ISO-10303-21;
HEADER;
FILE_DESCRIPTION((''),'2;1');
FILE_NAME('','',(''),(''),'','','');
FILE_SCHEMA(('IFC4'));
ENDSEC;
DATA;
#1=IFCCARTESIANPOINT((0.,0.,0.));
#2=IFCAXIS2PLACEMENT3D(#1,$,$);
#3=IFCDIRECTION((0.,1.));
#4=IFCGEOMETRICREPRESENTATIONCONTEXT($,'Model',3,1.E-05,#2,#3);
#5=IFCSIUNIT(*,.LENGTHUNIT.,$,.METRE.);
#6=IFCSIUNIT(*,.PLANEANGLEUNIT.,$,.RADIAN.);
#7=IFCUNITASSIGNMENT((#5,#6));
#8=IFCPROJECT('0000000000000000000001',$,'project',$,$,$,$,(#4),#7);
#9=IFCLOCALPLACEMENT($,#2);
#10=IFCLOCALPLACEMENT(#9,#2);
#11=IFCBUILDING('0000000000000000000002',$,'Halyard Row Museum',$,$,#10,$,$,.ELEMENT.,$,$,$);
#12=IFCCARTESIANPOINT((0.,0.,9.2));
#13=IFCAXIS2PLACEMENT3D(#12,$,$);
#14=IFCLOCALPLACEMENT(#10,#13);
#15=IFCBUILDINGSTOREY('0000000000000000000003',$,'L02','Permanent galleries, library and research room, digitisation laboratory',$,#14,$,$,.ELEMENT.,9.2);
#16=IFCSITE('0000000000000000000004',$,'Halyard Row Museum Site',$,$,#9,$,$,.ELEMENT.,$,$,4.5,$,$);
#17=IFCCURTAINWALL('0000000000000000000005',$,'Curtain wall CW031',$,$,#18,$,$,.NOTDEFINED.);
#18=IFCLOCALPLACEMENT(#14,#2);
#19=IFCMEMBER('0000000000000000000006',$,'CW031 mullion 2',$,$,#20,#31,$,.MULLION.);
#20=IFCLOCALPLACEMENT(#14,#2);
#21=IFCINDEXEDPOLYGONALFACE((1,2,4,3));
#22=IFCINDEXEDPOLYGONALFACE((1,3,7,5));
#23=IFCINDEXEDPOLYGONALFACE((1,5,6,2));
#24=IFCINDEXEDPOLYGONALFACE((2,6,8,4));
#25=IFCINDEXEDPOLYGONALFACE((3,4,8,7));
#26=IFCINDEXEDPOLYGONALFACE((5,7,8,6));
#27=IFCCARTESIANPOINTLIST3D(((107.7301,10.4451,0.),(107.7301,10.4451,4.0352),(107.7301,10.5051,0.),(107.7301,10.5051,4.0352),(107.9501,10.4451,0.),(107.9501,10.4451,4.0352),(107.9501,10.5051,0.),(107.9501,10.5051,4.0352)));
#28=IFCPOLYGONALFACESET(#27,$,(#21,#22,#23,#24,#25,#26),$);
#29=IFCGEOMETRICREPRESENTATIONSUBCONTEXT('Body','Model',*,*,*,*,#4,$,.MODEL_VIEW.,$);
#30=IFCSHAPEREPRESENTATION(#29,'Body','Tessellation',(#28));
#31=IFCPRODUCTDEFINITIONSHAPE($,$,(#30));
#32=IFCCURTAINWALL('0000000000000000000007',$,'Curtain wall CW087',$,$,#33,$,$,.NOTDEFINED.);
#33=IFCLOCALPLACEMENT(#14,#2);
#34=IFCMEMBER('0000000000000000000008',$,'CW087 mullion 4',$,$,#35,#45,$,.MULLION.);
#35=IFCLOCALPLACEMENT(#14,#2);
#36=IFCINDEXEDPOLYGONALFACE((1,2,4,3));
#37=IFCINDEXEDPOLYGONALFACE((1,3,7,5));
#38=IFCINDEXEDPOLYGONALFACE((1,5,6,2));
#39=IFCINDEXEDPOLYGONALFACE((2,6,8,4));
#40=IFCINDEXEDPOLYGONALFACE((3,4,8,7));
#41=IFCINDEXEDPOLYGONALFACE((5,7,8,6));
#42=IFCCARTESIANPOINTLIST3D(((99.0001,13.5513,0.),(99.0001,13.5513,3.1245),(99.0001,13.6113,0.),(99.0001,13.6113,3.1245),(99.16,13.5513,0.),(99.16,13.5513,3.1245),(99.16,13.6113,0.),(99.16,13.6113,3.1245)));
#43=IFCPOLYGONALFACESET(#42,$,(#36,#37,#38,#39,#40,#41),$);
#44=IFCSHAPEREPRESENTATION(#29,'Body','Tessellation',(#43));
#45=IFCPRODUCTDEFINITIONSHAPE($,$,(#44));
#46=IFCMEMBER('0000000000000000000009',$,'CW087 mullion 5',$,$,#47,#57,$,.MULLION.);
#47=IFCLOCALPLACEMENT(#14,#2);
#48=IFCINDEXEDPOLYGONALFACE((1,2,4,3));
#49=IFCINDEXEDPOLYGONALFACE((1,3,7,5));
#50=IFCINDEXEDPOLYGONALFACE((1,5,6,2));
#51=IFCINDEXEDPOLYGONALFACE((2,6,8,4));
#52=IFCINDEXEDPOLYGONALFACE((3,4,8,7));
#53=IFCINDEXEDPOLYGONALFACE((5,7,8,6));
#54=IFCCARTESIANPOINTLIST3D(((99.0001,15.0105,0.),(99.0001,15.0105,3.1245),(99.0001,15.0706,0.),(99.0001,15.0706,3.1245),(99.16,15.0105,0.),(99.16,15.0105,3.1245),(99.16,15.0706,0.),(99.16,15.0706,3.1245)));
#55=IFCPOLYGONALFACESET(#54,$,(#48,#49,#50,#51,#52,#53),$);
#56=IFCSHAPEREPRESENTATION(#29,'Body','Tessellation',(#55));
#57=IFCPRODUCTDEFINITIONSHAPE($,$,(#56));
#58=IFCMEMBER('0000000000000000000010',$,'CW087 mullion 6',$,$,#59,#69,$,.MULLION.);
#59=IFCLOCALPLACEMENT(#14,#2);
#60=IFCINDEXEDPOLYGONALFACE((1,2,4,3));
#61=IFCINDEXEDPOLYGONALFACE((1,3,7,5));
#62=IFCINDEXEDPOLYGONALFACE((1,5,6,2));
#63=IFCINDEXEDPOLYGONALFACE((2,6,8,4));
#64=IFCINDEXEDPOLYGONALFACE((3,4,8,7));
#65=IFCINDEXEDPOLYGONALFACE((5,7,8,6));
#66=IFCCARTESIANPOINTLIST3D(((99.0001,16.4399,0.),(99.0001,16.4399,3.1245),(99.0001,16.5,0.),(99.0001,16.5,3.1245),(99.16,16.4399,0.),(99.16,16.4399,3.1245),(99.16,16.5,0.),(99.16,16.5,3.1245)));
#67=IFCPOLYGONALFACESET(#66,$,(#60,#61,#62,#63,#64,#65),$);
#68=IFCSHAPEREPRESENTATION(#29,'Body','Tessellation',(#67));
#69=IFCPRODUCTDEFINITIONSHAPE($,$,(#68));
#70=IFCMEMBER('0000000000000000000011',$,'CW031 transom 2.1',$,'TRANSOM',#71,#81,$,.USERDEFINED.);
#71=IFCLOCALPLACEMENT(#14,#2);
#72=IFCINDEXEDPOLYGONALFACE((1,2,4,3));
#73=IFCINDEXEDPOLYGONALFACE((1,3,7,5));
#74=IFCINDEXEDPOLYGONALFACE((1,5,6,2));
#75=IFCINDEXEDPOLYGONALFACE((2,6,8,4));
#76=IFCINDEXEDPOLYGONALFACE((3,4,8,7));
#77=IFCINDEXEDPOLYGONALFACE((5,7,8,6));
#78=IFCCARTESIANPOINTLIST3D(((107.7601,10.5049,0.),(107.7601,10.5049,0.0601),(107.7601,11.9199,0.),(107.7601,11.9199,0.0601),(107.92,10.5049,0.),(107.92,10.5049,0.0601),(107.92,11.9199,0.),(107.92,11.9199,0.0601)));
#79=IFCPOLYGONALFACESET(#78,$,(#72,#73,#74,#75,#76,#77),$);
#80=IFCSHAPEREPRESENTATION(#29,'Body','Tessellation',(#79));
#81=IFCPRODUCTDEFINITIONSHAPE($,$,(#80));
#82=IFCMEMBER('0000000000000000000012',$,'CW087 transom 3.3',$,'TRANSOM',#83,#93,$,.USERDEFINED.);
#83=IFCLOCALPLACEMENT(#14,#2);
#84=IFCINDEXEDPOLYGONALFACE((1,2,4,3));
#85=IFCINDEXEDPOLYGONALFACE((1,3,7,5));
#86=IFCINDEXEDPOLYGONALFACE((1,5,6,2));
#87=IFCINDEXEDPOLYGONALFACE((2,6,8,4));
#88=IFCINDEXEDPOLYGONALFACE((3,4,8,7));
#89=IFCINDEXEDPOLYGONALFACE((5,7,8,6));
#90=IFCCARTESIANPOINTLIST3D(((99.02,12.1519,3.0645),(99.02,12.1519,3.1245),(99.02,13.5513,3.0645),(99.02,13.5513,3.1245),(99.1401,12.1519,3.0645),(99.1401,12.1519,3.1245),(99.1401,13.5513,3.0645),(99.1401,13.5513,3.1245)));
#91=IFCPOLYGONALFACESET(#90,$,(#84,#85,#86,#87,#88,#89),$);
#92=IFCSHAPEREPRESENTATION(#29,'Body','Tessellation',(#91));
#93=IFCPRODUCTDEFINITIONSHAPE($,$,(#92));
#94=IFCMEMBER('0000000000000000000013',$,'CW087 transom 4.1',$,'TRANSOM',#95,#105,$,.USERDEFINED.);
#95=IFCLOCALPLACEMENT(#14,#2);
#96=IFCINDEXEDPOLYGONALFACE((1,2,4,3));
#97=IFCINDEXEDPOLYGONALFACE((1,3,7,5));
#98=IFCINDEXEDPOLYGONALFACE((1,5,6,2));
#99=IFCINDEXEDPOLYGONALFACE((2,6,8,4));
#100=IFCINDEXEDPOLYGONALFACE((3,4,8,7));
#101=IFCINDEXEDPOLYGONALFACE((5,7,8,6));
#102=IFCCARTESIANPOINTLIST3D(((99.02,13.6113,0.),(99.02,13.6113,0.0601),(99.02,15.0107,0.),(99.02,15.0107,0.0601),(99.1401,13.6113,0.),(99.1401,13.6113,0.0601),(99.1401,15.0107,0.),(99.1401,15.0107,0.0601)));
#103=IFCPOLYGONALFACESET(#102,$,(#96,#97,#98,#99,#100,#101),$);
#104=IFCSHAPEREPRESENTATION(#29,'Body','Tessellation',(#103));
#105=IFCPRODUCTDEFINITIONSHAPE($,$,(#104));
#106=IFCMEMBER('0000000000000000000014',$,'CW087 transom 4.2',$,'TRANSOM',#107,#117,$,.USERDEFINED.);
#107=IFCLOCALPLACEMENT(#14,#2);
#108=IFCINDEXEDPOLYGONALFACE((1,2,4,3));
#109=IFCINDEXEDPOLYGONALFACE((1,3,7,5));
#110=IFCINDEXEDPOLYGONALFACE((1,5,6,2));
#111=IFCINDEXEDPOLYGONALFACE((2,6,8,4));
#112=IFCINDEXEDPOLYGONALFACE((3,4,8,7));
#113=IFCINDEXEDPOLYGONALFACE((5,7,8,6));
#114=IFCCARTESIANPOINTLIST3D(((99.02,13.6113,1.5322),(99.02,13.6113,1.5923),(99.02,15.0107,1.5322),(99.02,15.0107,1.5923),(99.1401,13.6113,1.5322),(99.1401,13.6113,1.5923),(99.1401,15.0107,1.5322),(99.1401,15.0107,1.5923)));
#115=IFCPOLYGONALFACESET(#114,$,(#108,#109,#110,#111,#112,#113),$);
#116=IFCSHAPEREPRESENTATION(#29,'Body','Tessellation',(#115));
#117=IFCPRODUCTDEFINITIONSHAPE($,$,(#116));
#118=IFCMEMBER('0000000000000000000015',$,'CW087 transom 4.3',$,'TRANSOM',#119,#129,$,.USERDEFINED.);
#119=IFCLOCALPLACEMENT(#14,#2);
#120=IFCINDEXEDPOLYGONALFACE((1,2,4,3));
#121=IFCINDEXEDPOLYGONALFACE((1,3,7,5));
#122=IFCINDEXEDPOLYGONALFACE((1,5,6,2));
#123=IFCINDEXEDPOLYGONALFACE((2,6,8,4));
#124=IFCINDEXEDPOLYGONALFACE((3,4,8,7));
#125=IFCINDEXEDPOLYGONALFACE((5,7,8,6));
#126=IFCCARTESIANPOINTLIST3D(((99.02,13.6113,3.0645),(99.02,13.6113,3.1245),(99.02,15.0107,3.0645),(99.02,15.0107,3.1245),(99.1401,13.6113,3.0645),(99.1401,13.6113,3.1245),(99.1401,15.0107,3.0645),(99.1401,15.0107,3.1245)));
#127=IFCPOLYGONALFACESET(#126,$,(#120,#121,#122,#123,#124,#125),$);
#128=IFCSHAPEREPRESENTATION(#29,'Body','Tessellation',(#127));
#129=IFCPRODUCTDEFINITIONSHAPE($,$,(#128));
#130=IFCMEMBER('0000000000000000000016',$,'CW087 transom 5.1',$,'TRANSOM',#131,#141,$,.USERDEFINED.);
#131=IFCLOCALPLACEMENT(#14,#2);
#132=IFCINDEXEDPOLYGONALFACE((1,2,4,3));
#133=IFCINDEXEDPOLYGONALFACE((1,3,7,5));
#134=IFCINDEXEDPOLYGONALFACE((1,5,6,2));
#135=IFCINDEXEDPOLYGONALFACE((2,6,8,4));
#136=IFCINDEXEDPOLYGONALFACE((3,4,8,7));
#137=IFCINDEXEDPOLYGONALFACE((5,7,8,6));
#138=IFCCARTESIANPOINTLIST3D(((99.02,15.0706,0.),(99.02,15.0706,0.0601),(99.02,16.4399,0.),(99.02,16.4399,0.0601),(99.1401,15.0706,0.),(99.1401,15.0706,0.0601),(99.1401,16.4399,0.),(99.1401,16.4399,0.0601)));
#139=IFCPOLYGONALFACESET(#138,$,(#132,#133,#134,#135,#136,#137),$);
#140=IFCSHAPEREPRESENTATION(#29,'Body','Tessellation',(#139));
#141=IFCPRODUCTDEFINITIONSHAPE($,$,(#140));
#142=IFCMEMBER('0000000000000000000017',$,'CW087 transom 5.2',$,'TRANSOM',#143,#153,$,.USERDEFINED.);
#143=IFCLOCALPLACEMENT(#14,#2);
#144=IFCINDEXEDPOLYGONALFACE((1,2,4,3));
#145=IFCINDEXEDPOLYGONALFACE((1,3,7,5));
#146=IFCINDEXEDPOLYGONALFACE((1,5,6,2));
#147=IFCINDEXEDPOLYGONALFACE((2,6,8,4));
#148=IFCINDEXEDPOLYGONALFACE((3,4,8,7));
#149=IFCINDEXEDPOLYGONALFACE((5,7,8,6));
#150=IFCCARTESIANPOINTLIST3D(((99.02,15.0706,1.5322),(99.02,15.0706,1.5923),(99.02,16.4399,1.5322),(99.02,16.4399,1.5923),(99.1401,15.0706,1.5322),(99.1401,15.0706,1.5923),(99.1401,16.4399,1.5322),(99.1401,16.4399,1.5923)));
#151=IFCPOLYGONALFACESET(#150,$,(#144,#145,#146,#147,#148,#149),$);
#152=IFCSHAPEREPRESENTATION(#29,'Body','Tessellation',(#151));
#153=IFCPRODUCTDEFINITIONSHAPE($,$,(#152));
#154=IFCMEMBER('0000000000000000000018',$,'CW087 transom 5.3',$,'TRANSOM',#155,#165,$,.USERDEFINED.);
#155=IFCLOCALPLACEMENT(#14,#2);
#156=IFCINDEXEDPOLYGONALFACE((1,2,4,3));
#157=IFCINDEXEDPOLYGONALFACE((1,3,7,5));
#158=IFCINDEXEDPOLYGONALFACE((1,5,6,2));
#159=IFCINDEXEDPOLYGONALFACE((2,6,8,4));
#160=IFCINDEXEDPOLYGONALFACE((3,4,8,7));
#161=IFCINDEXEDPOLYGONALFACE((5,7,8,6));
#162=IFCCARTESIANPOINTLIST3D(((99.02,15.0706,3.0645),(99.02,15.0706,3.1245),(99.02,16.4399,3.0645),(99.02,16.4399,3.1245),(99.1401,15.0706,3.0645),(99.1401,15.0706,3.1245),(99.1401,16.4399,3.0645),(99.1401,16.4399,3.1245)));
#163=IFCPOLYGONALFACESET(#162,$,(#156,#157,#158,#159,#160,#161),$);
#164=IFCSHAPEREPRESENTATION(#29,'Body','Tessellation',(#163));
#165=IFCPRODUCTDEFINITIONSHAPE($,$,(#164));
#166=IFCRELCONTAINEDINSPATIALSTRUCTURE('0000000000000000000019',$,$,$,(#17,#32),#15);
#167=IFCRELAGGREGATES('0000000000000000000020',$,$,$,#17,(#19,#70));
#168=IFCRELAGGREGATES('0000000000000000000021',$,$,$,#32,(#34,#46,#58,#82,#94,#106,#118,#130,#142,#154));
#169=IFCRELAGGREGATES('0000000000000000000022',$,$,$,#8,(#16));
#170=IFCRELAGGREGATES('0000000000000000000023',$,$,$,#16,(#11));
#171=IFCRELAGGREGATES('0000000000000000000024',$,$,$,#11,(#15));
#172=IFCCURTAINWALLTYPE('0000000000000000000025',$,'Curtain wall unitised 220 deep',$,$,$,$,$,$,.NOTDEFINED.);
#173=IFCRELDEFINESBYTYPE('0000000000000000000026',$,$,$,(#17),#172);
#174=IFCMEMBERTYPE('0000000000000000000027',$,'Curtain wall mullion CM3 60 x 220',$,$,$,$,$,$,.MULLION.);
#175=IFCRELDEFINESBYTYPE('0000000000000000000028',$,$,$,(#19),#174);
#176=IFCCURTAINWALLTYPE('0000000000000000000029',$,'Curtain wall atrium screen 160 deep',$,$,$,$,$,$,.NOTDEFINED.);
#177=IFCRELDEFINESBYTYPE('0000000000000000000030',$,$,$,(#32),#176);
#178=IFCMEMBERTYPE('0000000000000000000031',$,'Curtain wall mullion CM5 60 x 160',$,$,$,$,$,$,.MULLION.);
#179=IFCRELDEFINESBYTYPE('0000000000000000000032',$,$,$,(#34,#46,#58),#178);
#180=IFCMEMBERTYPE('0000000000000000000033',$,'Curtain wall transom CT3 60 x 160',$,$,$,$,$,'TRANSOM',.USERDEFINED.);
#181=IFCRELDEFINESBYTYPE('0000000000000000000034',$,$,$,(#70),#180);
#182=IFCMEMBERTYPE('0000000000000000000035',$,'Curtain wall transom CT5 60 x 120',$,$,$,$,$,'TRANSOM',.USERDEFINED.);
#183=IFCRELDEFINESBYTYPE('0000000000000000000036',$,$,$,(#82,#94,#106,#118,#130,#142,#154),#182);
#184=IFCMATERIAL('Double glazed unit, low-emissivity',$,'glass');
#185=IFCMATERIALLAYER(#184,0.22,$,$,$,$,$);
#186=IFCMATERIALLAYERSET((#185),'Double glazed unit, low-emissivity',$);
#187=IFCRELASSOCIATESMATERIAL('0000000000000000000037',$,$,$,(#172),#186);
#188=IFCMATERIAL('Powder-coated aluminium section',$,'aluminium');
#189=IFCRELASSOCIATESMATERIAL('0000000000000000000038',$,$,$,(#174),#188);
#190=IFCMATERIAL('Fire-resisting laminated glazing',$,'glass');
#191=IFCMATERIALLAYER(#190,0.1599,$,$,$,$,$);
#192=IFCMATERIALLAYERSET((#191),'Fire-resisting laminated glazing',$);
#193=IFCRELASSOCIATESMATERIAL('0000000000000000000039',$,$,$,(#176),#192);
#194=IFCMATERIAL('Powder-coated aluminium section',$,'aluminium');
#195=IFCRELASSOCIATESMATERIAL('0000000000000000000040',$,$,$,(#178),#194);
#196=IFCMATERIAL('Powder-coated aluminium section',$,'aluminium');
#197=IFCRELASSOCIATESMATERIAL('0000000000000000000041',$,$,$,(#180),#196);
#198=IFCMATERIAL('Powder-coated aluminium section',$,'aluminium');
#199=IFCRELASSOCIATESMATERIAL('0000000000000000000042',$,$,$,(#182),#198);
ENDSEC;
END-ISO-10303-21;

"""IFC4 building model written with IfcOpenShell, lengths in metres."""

from ifc_helpers import new_model, si_unit, direction, frame, origin, origin_2d, place, context, subcontext, project, spatial, rectangle, extrude, material, layer, layer_set, material_profile, profile_set, type_object, element, aggregate, save


model = new_model("IFC4")

# Units and contexts
model_context = context("Model", 3, precision=1e-05, world=origin(), true_north=direction((0.0, 1.0)))
body_context = subcontext(model_context, "Body", "Model", "MODEL_VIEW")
ifc_project = project(units=[si_unit("LENGTHUNIT", "METRE"), si_unit("PLANEANGLEUNIT", "RADIAN")], contexts=[model_context])

# Site, building, storey
site_placement = place(None, origin())
site = spatial("IfcSite", under=ifc_project, at=site_placement, Name="Halyard Row Museum Site", CompositionType="ELEMENT", RefElevation=4.5)
building_placement = place(site_placement, origin())
building = spatial("IfcBuilding", under=site, at=building_placement, Name="Halyard Row Museum", CompositionType="ELEMENT")
storey_placement = place(building_placement, frame((0.0, 0.0, 9.2)))
storey = spatial("IfcBuildingStorey", under=building, at=storey_placement, Name="L02", Description="Permanent galleries, library and research room, digitisation laboratory", CompositionType="ELEMENT", Elevation=9.2)

# Curtain wall, member
ifc_material_1 = material(Name="Double glazed unit, low-emissivity", Category="glass")
ifc_layer_1 = layer(ifc_material_1, 0.22)
ifc_layer_set_1 = layer_set([ifc_layer_1], Name="Double glazed unit, low-emissivity")
curtain_wall_type_1 = type_object("IfcCurtainWallType", Name="Curtain wall unitised 220 deep", PredefinedType="NOTDEFINED", material=ifc_layer_set_1)
curtain_wall_1_placement = place(storey_placement, origin())
curtain_wall_1 = element("IfcCurtainWall", 1, at=curtain_wall_1_placement, inside=storey, type_object=curtain_wall_type_1, Name="Curtain wall CW031", PredefinedType="NOTDEFINED")
ifc_material_2 = material(Name="Powder-coated aluminium section", Category="aluminium")
ifc_material_profile_1 = material_profile(ifc_material_2, rectangle(XDim=0.22, YDim=0.0601, at=origin_2d()), Name="220x60 mullion")
ifc_profile_set_1 = profile_set([ifc_material_profile_1], Name="Powder-coated aluminium section")
member_type_1 = type_object("IfcMemberType", Name="Curtain wall mullion CM3 60 x 220", PredefinedType="MULLION", material=ifc_profile_set_1)
member_1_placement = place(storey_placement, frame((107.8401, 10.4751, 0.0), z_axis=(0.0, 0.0, 1.0), x_axis=(-1.0, 0.0, 0.0)))
member_1 = element("IfcMember", 2, at=member_1_placement, type_object=member_type_1, Name="CW031 mullion 2", PredefinedType="MULLION", context=body_context, shape_type="SweptSolid", body=[
    extrude(rectangle(XDim=0.22, YDim=0.0601, at=origin_2d()), origin(), (0.0, 0.0, 1.0), 4.0352),
])

# Curtain wall, members
ifc_material_3 = material(Name="Fire-resisting laminated glazing", Category="glass")
ifc_layer_2 = layer(ifc_material_3, 0.1599)
ifc_layer_set_2 = layer_set([ifc_layer_2], Name="Fire-resisting laminated glazing")
curtain_wall_type_2 = type_object("IfcCurtainWallType", Name="Curtain wall atrium screen 160 deep", PredefinedType="NOTDEFINED", material=ifc_layer_set_2)
curtain_wall_2_placement = place(storey_placement, origin())
curtain_wall_2 = element("IfcCurtainWall", 3, at=curtain_wall_2_placement, inside=storey, type_object=curtain_wall_type_2, Name="Curtain wall CW087", PredefinedType="NOTDEFINED")
ifc_material_4 = material(Name="Powder-coated aluminium section", Category="aluminium")
ifc_material_profile_2 = material_profile(ifc_material_4, rectangle(XDim=0.1599, YDim=0.0601, at=origin_2d()), Name="160x60 mullion")
ifc_profile_set_2 = profile_set([ifc_material_profile_2], Name="Powder-coated aluminium section")
member_type_2 = type_object("IfcMemberType", Name="Curtain wall mullion CM5 60 x 160", PredefinedType="MULLION", material=ifc_profile_set_2)
member_2_placement = place(storey_placement, frame((99.0801, 13.5813, 0.0), z_axis=(0.0, 0.0, 1.0), x_axis=(-1.0, 0.0, 0.0)))
member_2 = element("IfcMember", 4, at=member_2_placement, type_object=member_type_2, Name="CW087 mullion 4", PredefinedType="MULLION", context=body_context, shape_type="SweptSolid", body=[
    extrude(rectangle(XDim=0.1599, YDim=0.0601, at=origin_2d()), origin(), (0.0, 0.0, 1.0), 3.1245),
])
member_3_placement = place(storey_placement, frame((99.0801, 15.0405, 0.0), z_axis=(0.0, 0.0, 1.0), x_axis=(-1.0, 0.0, 0.0)))
member_3 = element("IfcMember", 5, at=member_3_placement, type_object=member_type_2, Name="CW087 mullion 5", PredefinedType="MULLION", context=body_context, shape_type="SweptSolid", body=[
    extrude(rectangle(XDim=0.1599, YDim=0.0601, at=origin_2d()), origin(), (0.0, 0.0, 1.0), 3.1245),
])
member_4_placement = place(storey_placement, frame((99.0801, 16.47, 0.0), z_axis=(0.0, 0.0, 1.0), x_axis=(-1.0, 0.0, 0.0)))
member_4 = element("IfcMember", 6, at=member_4_placement, type_object=member_type_2, Name="CW087 mullion 6", PredefinedType="MULLION", context=body_context, shape_type="SweptSolid", body=[
    extrude(rectangle(XDim=0.1599, YDim=0.0601, at=origin_2d()), origin(), (0.0, 0.0, 1.0), 3.1245),
])

# Members
ifc_material_5 = material(Name="Powder-coated aluminium section", Category="aluminium")
ifc_material_profile_3 = material_profile(ifc_material_5, rectangle(XDim=0.1599, YDim=0.0601, at=origin_2d()), Name="160x60 transom")
ifc_profile_set_3 = profile_set([ifc_material_profile_3], Name="Powder-coated aluminium section")
member_type_3 = type_object("IfcMemberType", Name="Curtain wall transom CT3 60 x 160", ElementType="TRANSOM", PredefinedType="USERDEFINED", material=ifc_profile_set_3)
member_5_placement = place(storey_placement, frame((107.8401, 10.5049, 0.03), z_axis=(0.0, 1.0, 0.0), x_axis=(-1.0, 0.0, 0.0)))
member_5 = element("IfcMember", 7, at=member_5_placement, type_object=member_type_3, Name="CW031 transom 2.1", ObjectType="TRANSOM", PredefinedType="USERDEFINED", context=body_context, shape_type="SweptSolid", body=[
    extrude(rectangle(XDim=0.1599, YDim=0.0601, at=origin_2d()), origin(), (0.0, 0.0, 1.0), 1.415),
])
ifc_material_6 = material(Name="Powder-coated aluminium section", Category="aluminium")
ifc_material_profile_4 = material_profile(ifc_material_6, rectangle(XDim=0.1201, YDim=0.0601, at=origin_2d()), Name="120x60 transom")
ifc_profile_set_4 = profile_set([ifc_material_profile_4], Name="Powder-coated aluminium section")
member_type_4 = type_object("IfcMemberType", Name="Curtain wall transom CT5 60 x 120", ElementType="TRANSOM", PredefinedType="USERDEFINED", material=ifc_profile_set_4)
member_6_placement = place(storey_placement, frame((99.0801, 12.1519, 3.0945), z_axis=(0.0, 1.0, 0.0), x_axis=(-1.0, 0.0, 0.0)))
member_6 = element("IfcMember", 8, at=member_6_placement, type_object=member_type_4, Name="CW087 transom 3.3", ObjectType="TRANSOM", PredefinedType="USERDEFINED", context=body_context, shape_type="SweptSolid", body=[
    extrude(rectangle(XDim=0.1201, YDim=0.0601, at=origin_2d()), origin(), (0.0, 0.0, 1.0), 1.3994),
])
member_7_placement = place(storey_placement, frame((99.0801, 13.6113, 0.03), z_axis=(0.0, 1.0, 0.0), x_axis=(-1.0, 0.0, 0.0)))
member_7 = element("IfcMember", 9, at=member_7_placement, type_object=member_type_4, Name="CW087 transom 4.1", ObjectType="TRANSOM", PredefinedType="USERDEFINED", context=body_context, shape_type="SweptSolid", body=[
    extrude(rectangle(XDim=0.1201, YDim=0.0601, at=origin_2d()), origin(), (0.0, 0.0, 1.0), 1.3994),
])
member_8_placement = place(storey_placement, frame((99.0801, 13.6113, 1.5623), z_axis=(0.0, 1.0, 0.0), x_axis=(-1.0, 0.0, 0.0)))
member_8 = element("IfcMember", 10, at=member_8_placement, type_object=member_type_4, Name="CW087 transom 4.2", ObjectType="TRANSOM", PredefinedType="USERDEFINED", context=body_context, shape_type="SweptSolid", body=[
    extrude(rectangle(XDim=0.1201, YDim=0.0601, at=origin_2d()), origin(), (0.0, 0.0, 1.0), 1.3994),
])
member_9_placement = place(storey_placement, frame((99.0801, 13.6113, 3.0945), z_axis=(0.0, 1.0, 0.0), x_axis=(-1.0, 0.0, 0.0)))
member_9 = element("IfcMember", 11, at=member_9_placement, type_object=member_type_4, Name="CW087 transom 4.3", ObjectType="TRANSOM", PredefinedType="USERDEFINED", context=body_context, shape_type="SweptSolid", body=[
    extrude(rectangle(XDim=0.1201, YDim=0.0601, at=origin_2d()), origin(), (0.0, 0.0, 1.0), 1.3994),
])
member_10_placement = place(storey_placement, frame((99.0801, 15.0706, 0.03), z_axis=(0.0, 1.0, 0.0), x_axis=(-1.0, 0.0, 0.0)))
member_10 = element("IfcMember", 12, at=member_10_placement, type_object=member_type_4, Name="CW087 transom 5.1", ObjectType="TRANSOM", PredefinedType="USERDEFINED", context=body_context, shape_type="SweptSolid", body=[
    extrude(rectangle(XDim=0.1201, YDim=0.0601, at=origin_2d()), origin(), (0.0, 0.0, 1.0), 1.3694),
])
member_11_placement = place(storey_placement, frame((99.0801, 15.0706, 1.5623), z_axis=(0.0, 1.0, 0.0), x_axis=(-1.0, 0.0, 0.0)))
member_11 = element("IfcMember", 13, at=member_11_placement, type_object=member_type_4, Name="CW087 transom 5.2", ObjectType="TRANSOM", PredefinedType="USERDEFINED", context=body_context, shape_type="SweptSolid", body=[
    extrude(rectangle(XDim=0.1201, YDim=0.0601, at=origin_2d()), origin(), (0.0, 0.0, 1.0), 1.3694),
])
member_12_placement = place(storey_placement, frame((99.0801, 15.0706, 3.0945), z_axis=(0.0, 1.0, 0.0), x_axis=(-1.0, 0.0, 0.0)))
member_12 = element("IfcMember", 14, at=member_12_placement, type_object=member_type_4, Name="CW087 transom 5.3", ObjectType="TRANSOM", PredefinedType="USERDEFINED", context=body_context, shape_type="SweptSolid", body=[
    extrude(rectangle(XDim=0.1201, YDim=0.0601, at=origin_2d()), origin(), (0.0, 0.0, 1.0), 1.3694),
])

aggregate(curtain_wall_1, [member_1, member_5])
aggregate(curtain_wall_2, [member_2, member_3, member_4, member_6, member_7, member_8, member_9, member_10, member_11, member_12])

save(model, "model.ifc")
